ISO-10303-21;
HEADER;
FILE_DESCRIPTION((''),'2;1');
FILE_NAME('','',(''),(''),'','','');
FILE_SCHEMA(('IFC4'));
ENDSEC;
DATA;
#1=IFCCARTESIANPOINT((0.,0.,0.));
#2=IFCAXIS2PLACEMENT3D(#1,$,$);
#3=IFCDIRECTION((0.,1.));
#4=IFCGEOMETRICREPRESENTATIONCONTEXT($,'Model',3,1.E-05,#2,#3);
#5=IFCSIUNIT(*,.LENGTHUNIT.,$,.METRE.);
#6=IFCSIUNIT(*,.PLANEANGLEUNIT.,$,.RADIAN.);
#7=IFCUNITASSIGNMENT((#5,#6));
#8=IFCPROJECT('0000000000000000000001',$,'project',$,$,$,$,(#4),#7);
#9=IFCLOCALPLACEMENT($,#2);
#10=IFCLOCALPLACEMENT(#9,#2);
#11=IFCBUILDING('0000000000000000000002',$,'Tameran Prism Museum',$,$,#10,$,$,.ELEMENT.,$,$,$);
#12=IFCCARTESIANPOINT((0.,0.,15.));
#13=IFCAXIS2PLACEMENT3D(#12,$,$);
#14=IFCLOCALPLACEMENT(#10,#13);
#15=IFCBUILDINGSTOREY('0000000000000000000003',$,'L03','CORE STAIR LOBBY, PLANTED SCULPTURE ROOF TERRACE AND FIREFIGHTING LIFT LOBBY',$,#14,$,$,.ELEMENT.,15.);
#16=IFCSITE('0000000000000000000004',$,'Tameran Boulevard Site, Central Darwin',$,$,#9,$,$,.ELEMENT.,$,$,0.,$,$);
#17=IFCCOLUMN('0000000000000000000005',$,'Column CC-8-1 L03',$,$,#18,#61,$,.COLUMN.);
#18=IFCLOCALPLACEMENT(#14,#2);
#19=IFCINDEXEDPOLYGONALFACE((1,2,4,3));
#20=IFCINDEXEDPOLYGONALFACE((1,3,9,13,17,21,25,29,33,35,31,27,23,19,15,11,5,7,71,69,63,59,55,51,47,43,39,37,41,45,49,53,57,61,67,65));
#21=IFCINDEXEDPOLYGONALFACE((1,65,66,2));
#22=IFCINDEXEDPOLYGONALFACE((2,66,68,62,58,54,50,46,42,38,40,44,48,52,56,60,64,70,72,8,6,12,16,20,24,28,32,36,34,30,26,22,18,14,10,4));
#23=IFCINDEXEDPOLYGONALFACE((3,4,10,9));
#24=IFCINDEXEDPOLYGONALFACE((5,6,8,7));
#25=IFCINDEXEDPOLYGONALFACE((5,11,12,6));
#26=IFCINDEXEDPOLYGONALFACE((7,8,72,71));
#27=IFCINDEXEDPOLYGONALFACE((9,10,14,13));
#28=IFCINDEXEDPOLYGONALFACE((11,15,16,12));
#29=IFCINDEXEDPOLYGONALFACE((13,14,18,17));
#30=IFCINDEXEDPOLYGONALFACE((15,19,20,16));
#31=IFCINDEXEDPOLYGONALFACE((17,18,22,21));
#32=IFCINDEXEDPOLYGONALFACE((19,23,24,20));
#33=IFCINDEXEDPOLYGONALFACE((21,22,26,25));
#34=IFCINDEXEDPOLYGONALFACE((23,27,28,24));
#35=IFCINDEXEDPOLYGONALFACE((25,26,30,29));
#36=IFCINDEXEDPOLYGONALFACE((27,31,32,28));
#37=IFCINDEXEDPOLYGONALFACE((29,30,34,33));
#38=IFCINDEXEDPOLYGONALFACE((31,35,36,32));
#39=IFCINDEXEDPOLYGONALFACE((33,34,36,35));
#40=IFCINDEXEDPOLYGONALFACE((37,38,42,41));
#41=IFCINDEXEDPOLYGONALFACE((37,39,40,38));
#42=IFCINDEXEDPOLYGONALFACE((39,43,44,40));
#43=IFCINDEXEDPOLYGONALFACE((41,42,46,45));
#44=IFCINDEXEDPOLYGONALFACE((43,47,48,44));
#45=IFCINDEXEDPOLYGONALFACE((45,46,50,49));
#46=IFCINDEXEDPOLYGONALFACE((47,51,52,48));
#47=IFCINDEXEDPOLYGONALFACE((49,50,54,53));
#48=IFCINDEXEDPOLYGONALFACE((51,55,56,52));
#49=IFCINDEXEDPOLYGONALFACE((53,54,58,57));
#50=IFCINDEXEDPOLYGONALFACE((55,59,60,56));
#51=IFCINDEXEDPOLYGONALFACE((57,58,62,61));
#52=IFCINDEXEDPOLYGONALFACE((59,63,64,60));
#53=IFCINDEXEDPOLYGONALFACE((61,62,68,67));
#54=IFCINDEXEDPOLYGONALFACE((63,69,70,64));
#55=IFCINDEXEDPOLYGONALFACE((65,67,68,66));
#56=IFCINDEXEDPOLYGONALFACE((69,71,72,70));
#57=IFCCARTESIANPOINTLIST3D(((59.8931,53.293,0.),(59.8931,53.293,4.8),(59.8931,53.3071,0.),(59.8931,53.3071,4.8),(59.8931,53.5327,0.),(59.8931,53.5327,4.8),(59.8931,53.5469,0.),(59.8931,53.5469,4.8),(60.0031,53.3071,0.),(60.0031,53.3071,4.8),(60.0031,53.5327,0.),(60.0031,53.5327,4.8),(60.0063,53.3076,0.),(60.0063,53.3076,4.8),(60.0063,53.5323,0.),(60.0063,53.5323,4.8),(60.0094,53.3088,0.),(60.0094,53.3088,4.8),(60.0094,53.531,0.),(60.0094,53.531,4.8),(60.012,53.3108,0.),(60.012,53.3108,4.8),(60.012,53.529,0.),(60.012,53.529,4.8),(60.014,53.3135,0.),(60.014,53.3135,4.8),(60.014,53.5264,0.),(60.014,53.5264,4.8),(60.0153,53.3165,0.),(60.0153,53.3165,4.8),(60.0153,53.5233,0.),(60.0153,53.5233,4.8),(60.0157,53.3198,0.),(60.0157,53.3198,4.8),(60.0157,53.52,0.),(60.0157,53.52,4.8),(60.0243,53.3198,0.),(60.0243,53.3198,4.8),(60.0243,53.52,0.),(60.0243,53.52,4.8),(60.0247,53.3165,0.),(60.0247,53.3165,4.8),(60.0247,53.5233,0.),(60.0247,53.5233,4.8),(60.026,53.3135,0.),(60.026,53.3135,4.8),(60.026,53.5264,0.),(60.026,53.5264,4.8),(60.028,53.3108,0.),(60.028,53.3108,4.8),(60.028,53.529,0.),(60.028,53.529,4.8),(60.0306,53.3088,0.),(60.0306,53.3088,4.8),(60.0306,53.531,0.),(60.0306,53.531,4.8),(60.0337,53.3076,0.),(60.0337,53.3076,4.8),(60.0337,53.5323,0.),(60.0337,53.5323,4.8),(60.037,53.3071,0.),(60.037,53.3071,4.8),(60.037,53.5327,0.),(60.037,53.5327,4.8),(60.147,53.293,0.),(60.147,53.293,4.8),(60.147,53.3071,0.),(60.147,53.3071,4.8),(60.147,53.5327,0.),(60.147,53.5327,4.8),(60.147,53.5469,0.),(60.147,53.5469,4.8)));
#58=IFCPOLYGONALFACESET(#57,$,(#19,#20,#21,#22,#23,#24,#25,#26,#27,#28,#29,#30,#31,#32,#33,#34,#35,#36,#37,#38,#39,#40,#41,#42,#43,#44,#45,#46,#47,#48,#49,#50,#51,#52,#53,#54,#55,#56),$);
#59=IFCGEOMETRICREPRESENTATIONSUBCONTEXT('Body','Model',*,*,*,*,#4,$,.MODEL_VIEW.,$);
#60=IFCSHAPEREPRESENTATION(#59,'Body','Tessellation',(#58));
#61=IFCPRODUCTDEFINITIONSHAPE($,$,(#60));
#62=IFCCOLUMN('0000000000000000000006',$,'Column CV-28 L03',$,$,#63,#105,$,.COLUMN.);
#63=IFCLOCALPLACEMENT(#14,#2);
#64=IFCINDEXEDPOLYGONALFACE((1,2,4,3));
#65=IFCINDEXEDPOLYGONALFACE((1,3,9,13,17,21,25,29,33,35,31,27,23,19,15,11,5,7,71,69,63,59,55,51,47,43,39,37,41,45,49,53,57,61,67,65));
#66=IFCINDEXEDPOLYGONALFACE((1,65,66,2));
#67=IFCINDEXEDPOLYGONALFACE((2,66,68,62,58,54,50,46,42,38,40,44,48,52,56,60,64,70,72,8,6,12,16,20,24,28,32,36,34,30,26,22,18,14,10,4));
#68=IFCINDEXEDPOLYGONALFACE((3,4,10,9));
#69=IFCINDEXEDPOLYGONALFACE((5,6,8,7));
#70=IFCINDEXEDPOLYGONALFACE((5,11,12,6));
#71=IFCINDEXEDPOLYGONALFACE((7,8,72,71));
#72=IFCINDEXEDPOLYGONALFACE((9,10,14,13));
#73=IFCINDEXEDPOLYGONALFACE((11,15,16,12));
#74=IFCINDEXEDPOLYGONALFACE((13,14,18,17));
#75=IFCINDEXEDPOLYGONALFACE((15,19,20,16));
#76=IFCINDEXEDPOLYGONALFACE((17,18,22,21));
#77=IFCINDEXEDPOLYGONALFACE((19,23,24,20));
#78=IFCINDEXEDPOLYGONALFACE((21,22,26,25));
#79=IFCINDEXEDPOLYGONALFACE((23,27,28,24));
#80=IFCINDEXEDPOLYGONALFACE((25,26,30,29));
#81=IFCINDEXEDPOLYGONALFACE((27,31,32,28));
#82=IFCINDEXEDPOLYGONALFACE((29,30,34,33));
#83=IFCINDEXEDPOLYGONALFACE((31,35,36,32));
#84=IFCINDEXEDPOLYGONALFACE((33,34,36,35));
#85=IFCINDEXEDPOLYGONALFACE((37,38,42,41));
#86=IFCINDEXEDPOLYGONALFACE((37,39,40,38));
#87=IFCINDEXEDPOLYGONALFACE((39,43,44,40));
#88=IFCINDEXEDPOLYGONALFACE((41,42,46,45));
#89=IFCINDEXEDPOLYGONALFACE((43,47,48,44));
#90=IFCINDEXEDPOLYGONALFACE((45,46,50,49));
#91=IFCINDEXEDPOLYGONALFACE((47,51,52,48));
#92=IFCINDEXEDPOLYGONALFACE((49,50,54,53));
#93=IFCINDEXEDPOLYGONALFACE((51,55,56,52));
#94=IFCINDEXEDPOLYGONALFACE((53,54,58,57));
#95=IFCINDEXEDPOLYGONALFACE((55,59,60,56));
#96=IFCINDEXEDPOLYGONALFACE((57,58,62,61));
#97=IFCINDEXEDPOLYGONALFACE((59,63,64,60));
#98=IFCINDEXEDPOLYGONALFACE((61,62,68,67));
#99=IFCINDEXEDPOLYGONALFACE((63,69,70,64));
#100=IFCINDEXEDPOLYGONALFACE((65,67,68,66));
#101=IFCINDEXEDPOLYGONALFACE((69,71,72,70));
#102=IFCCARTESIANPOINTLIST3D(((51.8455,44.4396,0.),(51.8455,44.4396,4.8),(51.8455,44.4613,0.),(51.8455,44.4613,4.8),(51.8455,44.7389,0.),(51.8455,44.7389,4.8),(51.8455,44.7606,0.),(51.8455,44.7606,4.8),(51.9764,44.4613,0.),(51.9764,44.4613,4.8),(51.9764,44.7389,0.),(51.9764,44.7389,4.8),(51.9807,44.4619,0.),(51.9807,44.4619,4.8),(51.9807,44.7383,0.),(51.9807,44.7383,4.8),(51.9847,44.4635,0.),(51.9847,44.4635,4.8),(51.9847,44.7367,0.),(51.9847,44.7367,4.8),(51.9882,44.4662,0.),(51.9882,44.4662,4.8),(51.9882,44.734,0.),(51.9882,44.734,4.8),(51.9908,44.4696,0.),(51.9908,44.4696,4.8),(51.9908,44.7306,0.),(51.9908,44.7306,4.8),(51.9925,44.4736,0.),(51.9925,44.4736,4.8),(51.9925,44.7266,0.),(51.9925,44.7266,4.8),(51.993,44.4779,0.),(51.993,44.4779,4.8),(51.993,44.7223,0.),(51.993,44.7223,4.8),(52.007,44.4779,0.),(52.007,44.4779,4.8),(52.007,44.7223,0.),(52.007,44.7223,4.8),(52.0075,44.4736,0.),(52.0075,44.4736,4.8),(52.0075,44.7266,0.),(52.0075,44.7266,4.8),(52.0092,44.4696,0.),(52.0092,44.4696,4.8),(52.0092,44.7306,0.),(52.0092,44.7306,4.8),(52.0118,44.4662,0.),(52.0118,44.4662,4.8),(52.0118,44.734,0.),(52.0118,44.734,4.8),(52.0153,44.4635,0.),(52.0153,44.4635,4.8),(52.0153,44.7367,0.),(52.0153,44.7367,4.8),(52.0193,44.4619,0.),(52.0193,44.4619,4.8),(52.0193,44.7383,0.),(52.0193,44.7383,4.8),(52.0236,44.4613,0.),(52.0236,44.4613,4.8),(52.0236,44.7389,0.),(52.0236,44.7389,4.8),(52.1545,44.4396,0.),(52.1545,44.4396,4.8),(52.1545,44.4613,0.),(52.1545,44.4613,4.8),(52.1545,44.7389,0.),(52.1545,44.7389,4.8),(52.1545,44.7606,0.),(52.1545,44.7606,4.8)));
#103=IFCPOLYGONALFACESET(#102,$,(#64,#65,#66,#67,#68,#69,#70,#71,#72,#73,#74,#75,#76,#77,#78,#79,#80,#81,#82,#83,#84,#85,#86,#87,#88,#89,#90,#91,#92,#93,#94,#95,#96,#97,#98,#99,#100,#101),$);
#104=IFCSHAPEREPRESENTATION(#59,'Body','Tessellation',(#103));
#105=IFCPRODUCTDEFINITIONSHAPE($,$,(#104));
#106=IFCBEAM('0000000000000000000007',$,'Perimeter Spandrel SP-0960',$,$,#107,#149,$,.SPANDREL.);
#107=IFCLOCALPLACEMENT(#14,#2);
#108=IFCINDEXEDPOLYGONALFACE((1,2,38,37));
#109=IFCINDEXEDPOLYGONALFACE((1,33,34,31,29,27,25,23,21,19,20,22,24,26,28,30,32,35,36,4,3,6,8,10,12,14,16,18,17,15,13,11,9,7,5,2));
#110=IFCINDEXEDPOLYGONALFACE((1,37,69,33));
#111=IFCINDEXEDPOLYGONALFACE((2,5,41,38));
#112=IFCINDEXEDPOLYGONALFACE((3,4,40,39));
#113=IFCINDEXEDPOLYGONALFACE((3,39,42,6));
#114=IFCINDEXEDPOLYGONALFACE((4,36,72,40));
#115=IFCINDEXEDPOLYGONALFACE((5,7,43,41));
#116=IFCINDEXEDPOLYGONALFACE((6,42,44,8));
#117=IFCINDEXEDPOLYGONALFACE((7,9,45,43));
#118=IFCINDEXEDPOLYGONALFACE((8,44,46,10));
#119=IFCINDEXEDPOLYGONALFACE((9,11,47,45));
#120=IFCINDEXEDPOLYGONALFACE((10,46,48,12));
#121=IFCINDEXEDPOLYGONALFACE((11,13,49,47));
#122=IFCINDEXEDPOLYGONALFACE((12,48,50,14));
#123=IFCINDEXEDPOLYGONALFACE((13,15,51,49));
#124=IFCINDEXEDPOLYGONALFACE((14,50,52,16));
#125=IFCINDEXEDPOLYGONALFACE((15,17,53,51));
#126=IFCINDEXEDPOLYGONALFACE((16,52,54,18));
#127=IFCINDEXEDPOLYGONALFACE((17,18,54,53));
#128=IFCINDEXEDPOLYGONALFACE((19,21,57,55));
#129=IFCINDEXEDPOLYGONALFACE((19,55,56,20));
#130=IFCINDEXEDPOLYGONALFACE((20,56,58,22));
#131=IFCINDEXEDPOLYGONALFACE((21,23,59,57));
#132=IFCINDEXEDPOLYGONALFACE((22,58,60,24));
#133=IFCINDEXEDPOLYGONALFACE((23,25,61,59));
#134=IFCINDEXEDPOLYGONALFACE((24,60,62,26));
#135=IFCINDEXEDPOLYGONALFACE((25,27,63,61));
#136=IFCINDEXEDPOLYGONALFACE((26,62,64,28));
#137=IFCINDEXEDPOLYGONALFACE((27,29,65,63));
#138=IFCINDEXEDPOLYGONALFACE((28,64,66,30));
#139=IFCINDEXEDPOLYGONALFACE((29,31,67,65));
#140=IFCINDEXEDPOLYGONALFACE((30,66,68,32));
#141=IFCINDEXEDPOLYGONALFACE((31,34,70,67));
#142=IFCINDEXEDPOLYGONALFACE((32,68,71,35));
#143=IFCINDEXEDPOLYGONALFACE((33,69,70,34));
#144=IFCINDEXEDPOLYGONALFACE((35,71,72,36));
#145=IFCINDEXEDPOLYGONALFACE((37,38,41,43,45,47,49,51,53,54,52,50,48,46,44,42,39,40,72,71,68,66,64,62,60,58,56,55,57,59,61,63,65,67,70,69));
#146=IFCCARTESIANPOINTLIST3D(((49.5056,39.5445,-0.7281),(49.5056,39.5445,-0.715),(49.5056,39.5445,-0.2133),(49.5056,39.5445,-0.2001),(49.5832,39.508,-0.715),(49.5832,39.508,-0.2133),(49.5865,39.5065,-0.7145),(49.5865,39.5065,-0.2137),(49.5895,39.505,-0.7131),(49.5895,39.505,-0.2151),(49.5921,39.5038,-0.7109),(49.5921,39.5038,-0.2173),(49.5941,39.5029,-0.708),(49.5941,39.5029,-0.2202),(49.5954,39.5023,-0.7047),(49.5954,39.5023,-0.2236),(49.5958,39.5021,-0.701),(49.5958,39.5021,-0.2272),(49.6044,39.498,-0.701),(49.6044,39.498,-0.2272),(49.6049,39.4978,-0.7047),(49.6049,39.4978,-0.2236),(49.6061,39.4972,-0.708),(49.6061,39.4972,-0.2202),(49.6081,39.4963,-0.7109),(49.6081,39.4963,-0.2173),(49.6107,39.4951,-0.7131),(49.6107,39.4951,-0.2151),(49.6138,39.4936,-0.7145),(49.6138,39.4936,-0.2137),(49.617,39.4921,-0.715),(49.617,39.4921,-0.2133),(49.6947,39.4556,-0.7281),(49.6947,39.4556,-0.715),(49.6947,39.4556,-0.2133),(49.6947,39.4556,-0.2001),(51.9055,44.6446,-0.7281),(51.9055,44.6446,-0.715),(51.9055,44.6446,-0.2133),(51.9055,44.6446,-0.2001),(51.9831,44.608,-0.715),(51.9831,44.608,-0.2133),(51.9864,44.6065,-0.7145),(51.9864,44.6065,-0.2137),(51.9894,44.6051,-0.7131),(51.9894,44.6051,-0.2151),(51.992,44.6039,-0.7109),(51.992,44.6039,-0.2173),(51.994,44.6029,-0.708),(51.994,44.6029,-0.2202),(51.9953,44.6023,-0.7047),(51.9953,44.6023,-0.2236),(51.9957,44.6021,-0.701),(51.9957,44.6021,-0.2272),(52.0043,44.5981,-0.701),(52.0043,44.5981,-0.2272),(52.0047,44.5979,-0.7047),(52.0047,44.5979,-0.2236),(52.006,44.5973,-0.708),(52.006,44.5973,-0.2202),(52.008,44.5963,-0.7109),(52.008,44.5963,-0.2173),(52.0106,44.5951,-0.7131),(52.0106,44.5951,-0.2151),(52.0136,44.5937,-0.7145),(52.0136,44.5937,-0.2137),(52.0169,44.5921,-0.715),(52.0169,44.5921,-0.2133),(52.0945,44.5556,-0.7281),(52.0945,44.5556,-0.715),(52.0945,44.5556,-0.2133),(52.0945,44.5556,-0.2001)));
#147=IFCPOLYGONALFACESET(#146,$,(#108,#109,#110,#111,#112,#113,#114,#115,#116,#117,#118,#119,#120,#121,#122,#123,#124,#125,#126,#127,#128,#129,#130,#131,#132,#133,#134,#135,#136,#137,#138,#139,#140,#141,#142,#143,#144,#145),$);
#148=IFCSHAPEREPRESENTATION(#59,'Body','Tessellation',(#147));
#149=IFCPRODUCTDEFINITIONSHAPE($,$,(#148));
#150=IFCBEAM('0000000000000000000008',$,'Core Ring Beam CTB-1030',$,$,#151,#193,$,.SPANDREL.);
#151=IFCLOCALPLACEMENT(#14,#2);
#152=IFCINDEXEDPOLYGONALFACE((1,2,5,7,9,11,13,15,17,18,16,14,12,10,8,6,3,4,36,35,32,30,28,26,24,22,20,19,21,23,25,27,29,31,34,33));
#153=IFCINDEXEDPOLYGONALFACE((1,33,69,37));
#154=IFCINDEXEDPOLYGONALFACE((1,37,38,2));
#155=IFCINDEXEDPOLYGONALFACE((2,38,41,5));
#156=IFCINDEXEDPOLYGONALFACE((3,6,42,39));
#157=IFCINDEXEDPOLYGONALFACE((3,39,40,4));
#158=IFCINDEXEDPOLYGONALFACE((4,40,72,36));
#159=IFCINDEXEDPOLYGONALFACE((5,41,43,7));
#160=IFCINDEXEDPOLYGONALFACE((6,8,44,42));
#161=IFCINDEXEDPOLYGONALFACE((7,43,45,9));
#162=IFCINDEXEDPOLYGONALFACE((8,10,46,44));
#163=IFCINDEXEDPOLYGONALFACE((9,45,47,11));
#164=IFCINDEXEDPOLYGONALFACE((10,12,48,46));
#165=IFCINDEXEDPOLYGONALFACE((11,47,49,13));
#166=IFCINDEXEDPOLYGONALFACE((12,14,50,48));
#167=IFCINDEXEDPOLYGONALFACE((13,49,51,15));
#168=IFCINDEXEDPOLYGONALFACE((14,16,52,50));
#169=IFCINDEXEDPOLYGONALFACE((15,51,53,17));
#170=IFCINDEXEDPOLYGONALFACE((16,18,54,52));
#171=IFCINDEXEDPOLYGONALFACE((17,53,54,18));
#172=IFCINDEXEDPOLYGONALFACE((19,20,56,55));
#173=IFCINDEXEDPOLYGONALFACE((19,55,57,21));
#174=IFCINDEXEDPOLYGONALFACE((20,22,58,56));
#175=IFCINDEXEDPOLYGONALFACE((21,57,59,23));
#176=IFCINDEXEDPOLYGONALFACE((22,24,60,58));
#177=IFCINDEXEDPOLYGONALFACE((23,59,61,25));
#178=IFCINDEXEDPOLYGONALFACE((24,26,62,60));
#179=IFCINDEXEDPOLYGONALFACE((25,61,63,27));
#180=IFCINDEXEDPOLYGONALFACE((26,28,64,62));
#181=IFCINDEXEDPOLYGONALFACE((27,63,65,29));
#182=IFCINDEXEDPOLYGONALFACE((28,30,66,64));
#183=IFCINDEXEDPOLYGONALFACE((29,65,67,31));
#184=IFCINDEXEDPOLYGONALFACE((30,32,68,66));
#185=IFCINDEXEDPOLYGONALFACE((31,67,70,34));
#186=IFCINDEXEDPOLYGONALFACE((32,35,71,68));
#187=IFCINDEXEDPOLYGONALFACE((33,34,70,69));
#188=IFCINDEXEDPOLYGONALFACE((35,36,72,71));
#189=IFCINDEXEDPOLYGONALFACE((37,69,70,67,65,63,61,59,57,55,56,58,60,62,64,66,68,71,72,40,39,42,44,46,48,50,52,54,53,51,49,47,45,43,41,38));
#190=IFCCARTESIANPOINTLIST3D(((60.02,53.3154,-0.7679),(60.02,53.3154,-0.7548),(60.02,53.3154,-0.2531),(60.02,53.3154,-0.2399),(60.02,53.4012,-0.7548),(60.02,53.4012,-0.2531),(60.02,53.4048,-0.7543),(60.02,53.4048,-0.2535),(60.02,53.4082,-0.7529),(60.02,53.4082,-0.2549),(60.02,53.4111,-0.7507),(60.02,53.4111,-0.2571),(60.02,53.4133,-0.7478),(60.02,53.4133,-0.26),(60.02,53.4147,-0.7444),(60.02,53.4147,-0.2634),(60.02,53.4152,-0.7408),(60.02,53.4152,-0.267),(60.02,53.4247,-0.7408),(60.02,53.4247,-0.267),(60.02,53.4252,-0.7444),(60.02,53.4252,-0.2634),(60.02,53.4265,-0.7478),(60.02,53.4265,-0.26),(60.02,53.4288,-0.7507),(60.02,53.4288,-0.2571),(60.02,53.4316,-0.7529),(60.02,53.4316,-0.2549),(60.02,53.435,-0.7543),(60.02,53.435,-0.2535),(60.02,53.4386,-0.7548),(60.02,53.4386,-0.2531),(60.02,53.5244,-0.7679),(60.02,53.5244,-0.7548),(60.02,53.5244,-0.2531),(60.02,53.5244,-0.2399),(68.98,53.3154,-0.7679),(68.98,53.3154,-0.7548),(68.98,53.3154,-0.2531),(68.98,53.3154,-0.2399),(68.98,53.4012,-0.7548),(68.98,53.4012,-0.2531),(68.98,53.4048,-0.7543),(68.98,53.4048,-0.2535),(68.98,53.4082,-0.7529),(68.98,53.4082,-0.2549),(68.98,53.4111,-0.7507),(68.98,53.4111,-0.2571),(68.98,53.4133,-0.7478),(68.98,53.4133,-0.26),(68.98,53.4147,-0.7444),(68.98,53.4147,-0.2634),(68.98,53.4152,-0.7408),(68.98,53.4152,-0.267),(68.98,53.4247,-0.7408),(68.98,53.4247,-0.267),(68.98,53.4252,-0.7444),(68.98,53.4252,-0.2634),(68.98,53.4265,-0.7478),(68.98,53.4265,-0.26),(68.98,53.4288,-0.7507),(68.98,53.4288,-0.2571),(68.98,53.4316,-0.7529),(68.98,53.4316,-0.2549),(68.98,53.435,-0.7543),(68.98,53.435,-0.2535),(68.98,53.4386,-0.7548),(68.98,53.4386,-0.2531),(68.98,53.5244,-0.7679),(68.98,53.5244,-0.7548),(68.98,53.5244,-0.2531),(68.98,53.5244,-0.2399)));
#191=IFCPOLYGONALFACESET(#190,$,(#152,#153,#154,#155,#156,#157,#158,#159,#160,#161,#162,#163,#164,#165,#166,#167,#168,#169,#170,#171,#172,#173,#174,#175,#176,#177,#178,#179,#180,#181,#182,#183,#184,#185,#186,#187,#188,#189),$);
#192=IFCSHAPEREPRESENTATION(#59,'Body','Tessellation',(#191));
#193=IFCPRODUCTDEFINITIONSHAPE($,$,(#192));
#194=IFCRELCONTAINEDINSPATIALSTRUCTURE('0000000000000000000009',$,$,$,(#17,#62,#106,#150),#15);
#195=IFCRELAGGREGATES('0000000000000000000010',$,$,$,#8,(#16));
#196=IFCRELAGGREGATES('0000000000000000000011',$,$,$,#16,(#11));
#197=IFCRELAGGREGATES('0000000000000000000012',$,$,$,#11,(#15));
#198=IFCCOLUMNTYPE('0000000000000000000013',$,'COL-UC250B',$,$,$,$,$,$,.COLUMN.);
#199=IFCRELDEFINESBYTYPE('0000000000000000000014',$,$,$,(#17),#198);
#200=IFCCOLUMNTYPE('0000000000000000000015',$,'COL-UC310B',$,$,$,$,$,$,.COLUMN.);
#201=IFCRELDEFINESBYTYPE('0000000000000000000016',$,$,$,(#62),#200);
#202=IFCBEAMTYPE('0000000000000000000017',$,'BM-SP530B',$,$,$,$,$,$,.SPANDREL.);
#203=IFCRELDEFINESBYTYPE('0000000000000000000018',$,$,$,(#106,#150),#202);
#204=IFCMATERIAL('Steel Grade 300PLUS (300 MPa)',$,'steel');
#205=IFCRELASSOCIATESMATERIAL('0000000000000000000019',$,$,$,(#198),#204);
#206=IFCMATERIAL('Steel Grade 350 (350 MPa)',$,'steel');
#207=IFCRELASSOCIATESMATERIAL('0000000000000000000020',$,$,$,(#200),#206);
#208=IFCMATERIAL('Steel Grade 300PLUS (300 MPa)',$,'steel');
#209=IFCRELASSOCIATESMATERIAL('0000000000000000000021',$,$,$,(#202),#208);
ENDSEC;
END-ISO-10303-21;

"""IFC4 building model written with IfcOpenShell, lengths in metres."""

from ifc_helpers import new_model, si_unit, direction, frame, origin, origin_2d, place, context, subcontext, project, spatial, i_section, extrude, material, material_profile, profile_set, type_object, element, save


model = new_model("IFC4")

# Units and contexts
model_context = context("Model", 3, precision=1e-05, world=origin(), true_north=direction((0.0, 1.0)))
body_context = subcontext(model_context, "Body", "Model", "MODEL_VIEW")
ifc_project = project(units=[si_unit("LENGTHUNIT", "METRE"), si_unit("PLANEANGLEUNIT", "RADIAN")], contexts=[model_context])

# Site, building, storey
site_placement = place(None, origin())
site = spatial("IfcSite", under=ifc_project, at=site_placement, Name="Tameran Boulevard Site, Central Darwin", CompositionType="ELEMENT", RefElevation=0.0)
building_placement = place(site_placement, origin())
building = spatial("IfcBuilding", under=site, at=building_placement, Name="Tameran Prism Museum", CompositionType="ELEMENT")
storey_placement = place(building_placement, frame((0.0, 0.0, 15.0)))
storey = spatial("IfcBuildingStorey", under=building, at=storey_placement, Name="L03", Description="CORE STAIR LOBBY, PLANTED SCULPTURE ROOF TERRACE AND FIREFIGHTING LIFT LOBBY", CompositionType="ELEMENT", Elevation=15.0)

# Columns
ifc_material_1 = material(Name="Steel Grade 300PLUS (300 MPa)", Category="steel")
ifc_material_profile_1 = material_profile(ifc_material_1, i_section(OverallWidth=0.2539, OverallDepth=0.2539, WebThickness=0.0085, FlangeThickness=0.0142, FilletRadius=0.0127, at=origin_2d()))
ifc_profile_set_1 = profile_set([ifc_material_profile_1])
column_type_1 = type_object("IfcColumnType", Name="COL-UC250B", PredefinedType="COLUMN", material=ifc_profile_set_1)
column_1_placement = place(storey_placement, frame((60.02, 53.4199, 0.0), z_axis=(0.0, 0.0, 1.0), x_axis=(1.0, 0.0, 0.0)))
element("IfcColumn", 1, at=column_1_placement, inside=storey, type_object=column_type_1, Name="Column CC-8-1 L03", PredefinedType="COLUMN", context=body_context, shape_type="SweptSolid", body=[
    extrude(i_section(OverallWidth=0.2539, OverallDepth=0.2539, WebThickness=0.0085, FlangeThickness=0.0142, FilletRadius=0.0127, at=origin_2d()), origin(), (0.0, 0.0, 1.0), 4.8),
])
ifc_material_2 = material(Name="Steel Grade 350 (350 MPa)", Category="steel")
ifc_material_profile_2 = material_profile(ifc_material_2, i_section(OverallWidth=0.3091, OverallDepth=0.321, WebThickness=0.0139, FlangeThickness=0.0217, FilletRadius=0.0166, at=origin_2d()))
ifc_profile_set_2 = profile_set([ifc_material_profile_2])
column_type_2 = type_object("IfcColumnType", Name="COL-UC310B", PredefinedType="COLUMN", material=ifc_profile_set_2)
column_2_placement = place(storey_placement, frame((52.0, 44.6001, 0.0), z_axis=(0.0, 0.0, 1.0), x_axis=(1.0, 0.0, 0.0)))
element("IfcColumn", 2, at=column_2_placement, inside=storey, type_object=column_type_2, Name="Column CV-28 L03", PredefinedType="COLUMN", context=body_context, shape_type="SweptSolid", body=[
    extrude(i_section(OverallWidth=0.3091, OverallDepth=0.321, WebThickness=0.0139, FlangeThickness=0.0217, FilletRadius=0.0166, at=origin_2d()), origin(), (0.0, 0.0, 1.0), 4.8),
])

# Beams
ifc_material_3 = material(Name="Steel Grade 300PLUS (300 MPa)", Category="steel")
ifc_material_profile_3 = material_profile(ifc_material_3, i_section(OverallWidth=0.209, OverallDepth=0.5281, WebThickness=0.0095, FlangeThickness=0.0132, FilletRadius=0.0139, at=origin_2d()))
ifc_profile_set_3 = profile_set([ifc_material_profile_3])
beam_type = type_object("IfcBeamType", Name="BM-SP530B", PredefinedType="SPANDREL", material=ifc_profile_set_3)
beam_1_placement = place(storey_placement, frame((52.0, 44.6001, -0.4641), z_axis=(-0.425776, -0.904829, 0.0), x_axis=(0.904829, -0.425776, 0.0)))
element("IfcBeam", 3, at=beam_1_placement, inside=storey, type_object=beam_type, Name="Perimeter Spandrel SP-0960", PredefinedType="SPANDREL", context=body_context, shape_type="SweptSolid", body=[
    extrude(i_section(OverallWidth=0.209, OverallDepth=0.5281, WebThickness=0.0095, FlangeThickness=0.0132, FilletRadius=0.0139, at=origin_2d()), origin(), (0.0, 0.0, 1.0), 5.6365),
])
beam_2_placement = place(storey_placement, frame((60.02, 53.4199, -0.5039), z_axis=(1.0, 0.0, 0.0), x_axis=(0.0, 1.0, 0.0)))
element("IfcBeam", 4, at=beam_2_placement, inside=storey, type_object=beam_type, Name="Core Ring Beam CTB-1030", PredefinedType="SPANDREL", context=body_context, shape_type="SweptSolid", body=[
    extrude(i_section(OverallWidth=0.209, OverallDepth=0.5281, WebThickness=0.0095, FlangeThickness=0.0132, FilletRadius=0.0139, at=origin_2d()), origin(), (0.0, 0.0, 1.0), 8.96),
])

save(model, "model.ifc")
